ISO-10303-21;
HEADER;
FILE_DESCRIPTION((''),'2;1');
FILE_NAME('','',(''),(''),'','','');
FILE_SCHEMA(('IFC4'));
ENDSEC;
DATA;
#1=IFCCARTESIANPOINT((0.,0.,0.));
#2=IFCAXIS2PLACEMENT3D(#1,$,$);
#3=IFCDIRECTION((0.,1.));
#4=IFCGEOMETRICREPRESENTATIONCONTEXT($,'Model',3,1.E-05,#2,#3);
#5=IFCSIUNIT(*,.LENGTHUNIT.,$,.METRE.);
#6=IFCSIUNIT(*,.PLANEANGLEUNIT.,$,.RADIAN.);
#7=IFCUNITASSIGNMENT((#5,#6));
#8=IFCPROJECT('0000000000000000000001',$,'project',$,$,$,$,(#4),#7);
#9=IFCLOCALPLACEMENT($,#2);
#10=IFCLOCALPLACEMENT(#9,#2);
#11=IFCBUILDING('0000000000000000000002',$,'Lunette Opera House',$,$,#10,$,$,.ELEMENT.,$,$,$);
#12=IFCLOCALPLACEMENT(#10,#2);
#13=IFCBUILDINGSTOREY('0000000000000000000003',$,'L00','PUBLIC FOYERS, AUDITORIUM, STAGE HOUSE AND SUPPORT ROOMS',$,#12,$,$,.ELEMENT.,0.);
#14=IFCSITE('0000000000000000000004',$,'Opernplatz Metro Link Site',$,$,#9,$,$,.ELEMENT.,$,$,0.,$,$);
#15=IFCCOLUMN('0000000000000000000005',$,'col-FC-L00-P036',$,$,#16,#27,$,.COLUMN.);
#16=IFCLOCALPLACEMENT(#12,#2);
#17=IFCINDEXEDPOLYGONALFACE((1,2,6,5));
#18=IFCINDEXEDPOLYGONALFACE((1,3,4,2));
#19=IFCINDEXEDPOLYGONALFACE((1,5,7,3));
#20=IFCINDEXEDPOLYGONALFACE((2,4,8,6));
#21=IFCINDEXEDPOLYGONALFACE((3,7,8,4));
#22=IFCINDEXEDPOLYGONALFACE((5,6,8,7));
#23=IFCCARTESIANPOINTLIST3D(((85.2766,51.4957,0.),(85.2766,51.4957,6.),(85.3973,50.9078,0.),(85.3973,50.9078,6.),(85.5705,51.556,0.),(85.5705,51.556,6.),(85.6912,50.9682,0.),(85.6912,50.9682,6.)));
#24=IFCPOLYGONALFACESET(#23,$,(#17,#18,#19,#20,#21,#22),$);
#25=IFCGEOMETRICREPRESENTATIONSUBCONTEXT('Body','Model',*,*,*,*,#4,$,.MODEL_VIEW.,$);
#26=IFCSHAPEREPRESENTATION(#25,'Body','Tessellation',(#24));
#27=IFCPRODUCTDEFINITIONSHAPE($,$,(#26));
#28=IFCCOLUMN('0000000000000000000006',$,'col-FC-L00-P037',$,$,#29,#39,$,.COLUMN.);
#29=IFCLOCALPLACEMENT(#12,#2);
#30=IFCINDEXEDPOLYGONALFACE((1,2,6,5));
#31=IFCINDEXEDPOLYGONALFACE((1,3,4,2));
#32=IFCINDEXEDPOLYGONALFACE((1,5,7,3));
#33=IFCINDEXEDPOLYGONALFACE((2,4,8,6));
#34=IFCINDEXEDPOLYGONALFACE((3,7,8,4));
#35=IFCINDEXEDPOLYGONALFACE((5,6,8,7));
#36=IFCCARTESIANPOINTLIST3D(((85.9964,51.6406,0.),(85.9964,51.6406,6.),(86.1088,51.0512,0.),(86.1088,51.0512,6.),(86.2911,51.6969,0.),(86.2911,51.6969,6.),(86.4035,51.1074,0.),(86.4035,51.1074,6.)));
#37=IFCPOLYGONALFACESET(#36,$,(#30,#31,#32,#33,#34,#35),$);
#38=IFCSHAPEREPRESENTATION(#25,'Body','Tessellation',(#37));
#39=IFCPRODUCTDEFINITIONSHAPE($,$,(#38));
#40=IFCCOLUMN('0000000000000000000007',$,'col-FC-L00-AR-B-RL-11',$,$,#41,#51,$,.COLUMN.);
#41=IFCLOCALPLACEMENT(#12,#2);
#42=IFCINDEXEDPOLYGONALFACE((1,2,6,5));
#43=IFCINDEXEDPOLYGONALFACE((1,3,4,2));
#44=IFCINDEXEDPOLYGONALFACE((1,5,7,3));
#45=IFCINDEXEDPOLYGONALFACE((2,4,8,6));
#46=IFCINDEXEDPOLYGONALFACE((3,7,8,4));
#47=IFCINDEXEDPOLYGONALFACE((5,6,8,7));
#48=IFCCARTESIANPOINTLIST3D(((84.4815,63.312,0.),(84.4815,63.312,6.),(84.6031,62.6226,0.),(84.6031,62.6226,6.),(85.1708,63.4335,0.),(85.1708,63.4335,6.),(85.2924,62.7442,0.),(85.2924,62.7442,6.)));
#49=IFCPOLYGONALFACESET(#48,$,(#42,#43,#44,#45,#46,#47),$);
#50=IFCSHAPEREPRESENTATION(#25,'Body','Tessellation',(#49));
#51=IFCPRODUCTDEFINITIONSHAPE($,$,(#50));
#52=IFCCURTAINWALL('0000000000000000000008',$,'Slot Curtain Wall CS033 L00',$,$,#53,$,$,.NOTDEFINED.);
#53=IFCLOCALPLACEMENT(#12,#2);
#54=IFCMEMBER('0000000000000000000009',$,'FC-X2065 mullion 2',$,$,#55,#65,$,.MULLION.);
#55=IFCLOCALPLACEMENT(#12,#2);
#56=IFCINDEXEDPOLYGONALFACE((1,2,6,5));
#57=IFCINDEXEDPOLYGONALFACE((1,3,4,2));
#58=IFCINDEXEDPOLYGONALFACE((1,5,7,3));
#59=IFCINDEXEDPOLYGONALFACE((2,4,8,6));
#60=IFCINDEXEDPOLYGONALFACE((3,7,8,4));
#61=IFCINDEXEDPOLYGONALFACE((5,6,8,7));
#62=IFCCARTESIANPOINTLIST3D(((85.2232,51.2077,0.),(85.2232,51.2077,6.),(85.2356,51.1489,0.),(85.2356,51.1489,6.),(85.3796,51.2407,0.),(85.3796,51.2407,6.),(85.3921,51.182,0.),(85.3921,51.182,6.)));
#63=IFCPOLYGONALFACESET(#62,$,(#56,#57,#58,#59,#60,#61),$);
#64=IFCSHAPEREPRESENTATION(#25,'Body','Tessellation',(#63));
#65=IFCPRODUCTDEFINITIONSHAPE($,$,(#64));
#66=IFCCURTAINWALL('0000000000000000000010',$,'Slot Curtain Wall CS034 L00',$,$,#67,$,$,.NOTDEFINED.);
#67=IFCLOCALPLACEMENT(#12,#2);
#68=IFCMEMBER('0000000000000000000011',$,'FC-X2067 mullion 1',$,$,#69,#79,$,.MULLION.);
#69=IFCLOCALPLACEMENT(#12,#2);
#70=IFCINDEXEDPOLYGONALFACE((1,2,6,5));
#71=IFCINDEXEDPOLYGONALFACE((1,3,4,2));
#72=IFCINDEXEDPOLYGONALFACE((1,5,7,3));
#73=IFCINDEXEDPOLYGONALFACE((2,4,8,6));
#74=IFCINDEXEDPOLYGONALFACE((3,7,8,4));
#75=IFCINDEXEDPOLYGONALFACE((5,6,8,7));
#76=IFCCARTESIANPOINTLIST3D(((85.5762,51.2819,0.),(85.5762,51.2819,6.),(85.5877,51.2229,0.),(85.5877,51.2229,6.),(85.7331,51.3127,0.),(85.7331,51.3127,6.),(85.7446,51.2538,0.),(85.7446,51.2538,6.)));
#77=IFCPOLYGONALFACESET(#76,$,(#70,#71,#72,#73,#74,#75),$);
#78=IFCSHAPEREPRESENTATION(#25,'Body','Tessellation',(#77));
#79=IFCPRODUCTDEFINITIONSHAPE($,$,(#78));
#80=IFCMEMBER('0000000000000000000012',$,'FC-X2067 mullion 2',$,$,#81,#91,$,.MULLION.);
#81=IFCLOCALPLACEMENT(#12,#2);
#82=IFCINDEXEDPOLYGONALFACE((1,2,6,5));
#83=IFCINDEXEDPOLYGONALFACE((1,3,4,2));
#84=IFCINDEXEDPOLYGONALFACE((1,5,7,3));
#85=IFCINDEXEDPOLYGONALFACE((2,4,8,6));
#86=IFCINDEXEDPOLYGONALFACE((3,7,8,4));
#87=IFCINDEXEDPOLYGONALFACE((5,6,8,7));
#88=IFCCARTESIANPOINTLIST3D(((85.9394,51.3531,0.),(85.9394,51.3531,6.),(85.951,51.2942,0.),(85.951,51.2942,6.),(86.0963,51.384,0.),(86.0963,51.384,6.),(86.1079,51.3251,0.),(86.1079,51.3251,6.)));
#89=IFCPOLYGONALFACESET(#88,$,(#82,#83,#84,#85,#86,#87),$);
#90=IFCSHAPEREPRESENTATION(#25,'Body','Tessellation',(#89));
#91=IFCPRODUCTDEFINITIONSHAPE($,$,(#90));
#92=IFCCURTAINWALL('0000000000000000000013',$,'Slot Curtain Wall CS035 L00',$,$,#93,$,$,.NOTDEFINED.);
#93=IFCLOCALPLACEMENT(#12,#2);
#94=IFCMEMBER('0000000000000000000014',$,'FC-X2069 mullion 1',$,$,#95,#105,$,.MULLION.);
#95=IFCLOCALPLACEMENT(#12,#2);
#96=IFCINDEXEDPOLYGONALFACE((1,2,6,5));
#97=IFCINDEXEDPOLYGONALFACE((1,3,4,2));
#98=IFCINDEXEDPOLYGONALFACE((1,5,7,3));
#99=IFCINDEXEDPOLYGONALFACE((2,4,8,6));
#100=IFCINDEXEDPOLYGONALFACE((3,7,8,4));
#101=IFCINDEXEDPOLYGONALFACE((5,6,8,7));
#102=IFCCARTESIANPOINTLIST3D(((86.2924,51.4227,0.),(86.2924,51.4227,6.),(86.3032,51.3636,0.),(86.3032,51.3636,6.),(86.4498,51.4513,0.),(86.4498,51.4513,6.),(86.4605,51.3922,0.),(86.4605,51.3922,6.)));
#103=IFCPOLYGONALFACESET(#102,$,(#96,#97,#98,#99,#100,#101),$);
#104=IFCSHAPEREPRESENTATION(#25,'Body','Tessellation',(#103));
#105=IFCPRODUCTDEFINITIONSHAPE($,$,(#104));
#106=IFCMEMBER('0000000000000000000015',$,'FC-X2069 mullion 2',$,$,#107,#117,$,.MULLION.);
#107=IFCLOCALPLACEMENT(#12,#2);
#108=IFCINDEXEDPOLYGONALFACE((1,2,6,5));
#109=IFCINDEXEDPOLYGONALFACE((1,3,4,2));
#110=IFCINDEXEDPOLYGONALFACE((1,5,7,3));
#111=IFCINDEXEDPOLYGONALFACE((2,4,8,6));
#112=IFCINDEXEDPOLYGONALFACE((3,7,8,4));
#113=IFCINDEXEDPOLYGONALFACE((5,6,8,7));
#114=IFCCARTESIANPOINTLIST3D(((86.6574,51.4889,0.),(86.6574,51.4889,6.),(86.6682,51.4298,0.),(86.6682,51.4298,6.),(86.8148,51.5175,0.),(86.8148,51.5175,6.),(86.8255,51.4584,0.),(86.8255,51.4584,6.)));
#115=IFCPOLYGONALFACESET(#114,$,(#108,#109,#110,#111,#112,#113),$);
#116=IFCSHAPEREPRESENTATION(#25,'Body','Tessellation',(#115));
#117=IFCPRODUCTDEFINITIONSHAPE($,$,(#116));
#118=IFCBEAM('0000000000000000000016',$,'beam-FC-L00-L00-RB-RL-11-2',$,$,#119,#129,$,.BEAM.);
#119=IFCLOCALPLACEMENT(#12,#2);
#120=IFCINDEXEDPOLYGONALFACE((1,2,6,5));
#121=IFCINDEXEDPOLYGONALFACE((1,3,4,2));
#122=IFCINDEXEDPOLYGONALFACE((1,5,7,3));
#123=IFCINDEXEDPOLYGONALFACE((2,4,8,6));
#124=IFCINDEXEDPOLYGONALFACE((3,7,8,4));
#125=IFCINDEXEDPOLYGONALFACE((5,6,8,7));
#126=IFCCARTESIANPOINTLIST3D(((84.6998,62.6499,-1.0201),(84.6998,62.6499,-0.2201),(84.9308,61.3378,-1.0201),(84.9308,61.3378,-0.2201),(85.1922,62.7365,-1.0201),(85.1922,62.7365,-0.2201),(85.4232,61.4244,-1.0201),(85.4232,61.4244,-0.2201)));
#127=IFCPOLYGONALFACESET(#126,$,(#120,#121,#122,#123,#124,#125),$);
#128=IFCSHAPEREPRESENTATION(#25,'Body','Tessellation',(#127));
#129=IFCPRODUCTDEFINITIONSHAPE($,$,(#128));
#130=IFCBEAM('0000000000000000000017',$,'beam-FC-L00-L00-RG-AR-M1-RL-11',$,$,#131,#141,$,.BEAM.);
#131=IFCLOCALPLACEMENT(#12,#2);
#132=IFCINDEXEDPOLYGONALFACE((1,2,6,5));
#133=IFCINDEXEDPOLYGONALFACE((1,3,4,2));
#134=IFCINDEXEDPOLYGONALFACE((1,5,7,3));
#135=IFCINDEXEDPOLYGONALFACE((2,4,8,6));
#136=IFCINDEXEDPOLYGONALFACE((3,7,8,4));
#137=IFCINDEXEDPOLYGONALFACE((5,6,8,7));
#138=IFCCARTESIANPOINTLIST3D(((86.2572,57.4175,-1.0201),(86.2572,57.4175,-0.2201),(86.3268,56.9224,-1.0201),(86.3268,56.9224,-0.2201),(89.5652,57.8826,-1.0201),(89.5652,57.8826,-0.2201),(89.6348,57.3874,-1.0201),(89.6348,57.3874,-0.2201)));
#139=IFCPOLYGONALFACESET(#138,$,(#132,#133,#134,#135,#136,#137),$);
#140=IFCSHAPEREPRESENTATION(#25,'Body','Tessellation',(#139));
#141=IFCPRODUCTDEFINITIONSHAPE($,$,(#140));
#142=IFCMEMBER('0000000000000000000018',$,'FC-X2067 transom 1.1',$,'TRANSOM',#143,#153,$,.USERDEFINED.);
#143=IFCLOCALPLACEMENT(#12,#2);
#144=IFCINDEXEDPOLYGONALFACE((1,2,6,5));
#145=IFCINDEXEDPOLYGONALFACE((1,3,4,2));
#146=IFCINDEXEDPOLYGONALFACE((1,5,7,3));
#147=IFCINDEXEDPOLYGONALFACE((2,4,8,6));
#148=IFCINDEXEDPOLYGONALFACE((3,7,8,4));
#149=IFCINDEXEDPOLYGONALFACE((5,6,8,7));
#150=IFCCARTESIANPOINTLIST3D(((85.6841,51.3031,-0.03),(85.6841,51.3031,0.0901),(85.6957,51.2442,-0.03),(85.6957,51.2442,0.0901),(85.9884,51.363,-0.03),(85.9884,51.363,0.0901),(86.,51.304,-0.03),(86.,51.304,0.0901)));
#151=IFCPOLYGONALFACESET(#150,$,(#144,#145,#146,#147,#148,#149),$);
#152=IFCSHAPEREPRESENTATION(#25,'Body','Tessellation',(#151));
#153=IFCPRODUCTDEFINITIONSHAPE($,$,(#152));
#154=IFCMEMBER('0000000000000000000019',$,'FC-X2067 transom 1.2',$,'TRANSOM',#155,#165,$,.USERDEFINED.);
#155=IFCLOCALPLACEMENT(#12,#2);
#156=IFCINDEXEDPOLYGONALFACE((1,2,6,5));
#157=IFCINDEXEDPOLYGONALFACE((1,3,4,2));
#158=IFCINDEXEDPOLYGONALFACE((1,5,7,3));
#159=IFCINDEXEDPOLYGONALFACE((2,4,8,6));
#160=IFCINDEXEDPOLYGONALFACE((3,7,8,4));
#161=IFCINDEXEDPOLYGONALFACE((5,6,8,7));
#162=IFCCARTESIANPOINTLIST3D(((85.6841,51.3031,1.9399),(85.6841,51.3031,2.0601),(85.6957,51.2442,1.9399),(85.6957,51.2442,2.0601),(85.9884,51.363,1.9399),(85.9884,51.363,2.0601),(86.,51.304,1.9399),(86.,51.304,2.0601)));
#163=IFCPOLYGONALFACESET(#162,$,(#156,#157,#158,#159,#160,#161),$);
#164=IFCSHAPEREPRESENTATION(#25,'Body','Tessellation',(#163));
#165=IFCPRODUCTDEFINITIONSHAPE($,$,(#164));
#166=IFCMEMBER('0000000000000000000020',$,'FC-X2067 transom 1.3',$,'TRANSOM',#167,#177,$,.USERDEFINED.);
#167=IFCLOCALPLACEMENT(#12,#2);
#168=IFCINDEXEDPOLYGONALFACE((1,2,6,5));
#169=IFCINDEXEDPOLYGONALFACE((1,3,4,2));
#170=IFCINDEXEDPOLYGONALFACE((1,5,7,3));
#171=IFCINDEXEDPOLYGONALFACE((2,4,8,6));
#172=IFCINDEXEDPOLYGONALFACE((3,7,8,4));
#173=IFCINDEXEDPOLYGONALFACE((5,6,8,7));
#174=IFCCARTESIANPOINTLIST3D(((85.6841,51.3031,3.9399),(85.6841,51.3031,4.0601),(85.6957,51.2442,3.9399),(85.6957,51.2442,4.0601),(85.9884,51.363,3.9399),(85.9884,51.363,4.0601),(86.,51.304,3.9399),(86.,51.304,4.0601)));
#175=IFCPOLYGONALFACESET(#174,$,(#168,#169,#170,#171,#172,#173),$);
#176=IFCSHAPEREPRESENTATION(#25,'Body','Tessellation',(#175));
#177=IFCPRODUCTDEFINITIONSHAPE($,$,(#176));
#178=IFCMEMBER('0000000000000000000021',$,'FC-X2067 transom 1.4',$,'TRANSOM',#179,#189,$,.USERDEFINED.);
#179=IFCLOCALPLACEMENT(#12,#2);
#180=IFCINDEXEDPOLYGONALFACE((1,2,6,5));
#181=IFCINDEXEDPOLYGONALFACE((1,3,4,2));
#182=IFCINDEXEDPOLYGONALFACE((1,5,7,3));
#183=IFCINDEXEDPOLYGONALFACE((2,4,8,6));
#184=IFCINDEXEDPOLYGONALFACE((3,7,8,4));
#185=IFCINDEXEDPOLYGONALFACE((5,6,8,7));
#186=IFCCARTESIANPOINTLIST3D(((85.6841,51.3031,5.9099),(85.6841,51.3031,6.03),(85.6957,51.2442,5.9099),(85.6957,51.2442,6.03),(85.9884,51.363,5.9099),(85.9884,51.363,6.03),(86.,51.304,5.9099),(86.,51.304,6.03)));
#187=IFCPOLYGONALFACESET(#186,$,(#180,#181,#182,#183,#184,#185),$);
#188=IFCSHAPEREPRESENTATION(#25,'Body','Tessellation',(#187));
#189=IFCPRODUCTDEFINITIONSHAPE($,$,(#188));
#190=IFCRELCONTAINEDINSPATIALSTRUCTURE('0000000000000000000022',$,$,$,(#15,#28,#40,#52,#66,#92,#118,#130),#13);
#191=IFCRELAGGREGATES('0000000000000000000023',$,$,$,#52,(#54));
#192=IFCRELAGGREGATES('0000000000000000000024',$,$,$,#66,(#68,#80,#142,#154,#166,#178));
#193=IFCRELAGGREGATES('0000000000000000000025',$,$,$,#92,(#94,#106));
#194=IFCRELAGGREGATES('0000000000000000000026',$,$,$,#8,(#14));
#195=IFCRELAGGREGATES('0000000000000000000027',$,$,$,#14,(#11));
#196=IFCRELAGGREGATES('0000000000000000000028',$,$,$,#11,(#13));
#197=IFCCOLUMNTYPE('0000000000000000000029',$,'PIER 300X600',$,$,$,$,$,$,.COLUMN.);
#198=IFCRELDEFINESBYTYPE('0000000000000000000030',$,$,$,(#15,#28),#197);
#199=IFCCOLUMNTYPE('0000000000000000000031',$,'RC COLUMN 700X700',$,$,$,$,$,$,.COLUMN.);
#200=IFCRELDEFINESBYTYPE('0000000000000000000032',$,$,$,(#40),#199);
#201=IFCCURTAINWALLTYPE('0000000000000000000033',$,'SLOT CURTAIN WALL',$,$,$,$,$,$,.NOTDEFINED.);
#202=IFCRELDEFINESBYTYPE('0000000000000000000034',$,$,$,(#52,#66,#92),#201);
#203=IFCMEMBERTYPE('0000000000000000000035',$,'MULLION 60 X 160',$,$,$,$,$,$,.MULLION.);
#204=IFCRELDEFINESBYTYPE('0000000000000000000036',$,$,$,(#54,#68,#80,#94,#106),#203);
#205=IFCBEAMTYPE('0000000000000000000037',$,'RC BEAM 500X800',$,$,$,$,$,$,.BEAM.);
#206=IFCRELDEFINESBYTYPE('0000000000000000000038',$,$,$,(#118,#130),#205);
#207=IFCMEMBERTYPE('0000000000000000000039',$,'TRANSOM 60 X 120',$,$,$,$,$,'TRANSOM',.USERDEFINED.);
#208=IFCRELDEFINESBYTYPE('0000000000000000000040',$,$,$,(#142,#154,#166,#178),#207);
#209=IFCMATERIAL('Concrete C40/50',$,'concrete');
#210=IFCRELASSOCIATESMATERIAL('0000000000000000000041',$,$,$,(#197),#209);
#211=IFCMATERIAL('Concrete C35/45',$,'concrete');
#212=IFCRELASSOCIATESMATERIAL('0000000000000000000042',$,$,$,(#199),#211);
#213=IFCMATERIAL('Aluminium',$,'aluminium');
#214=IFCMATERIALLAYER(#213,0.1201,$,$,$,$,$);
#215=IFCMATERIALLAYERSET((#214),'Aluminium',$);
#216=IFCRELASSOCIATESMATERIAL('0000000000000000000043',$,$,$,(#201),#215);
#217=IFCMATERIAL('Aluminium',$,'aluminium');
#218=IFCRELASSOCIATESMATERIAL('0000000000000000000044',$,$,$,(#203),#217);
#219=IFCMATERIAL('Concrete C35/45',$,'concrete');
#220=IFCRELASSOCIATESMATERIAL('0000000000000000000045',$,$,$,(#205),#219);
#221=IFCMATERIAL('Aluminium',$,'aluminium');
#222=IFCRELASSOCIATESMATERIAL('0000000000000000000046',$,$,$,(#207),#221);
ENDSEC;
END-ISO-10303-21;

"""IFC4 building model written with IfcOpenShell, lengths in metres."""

from ifc_helpers import new_model, si_unit, direction, frame, origin, origin_2d, place, context, subcontext, project, spatial, rectangle, extrude, material, layer, layer_set, material_profile, profile_set, type_object, element, aggregate, save


model = new_model("IFC4")

# Units and contexts
model_context = context("Model", 3, precision=1e-05, world=origin(), true_north=direction((0.0, 1.0)))
body_context = subcontext(model_context, "Body", "Model", "MODEL_VIEW")
ifc_project = project(units=[si_unit("LENGTHUNIT", "METRE"), si_unit("PLANEANGLEUNIT", "RADIAN")], contexts=[model_context])

# Site, building, storey
site_placement = place(None, origin())
site = spatial("IfcSite", under=ifc_project, at=site_placement, Name="Opernplatz Metro Link Site", CompositionType="ELEMENT", RefElevation=0.0)
building_placement = place(site_placement, origin())
building = spatial("IfcBuilding", under=site, at=building_placement, Name="Lunette Opera House", CompositionType="ELEMENT")
storey_placement = place(building_placement, origin())
storey = spatial("IfcBuildingStorey", under=building, at=storey_placement, Name="L00", Description="PUBLIC FOYERS, AUDITORIUM, STAGE HOUSE AND SUPPORT ROOMS", CompositionType="ELEMENT", Elevation=0.0)

# Columns
ifc_material_1 = material(Name="Concrete C40/50", Category="concrete")
ifc_material_profile_1 = material_profile(ifc_material_1, rectangle(XDim=0.3, YDim=0.6001, at=origin_2d()), Name="PIER 300X600")
ifc_profile_set_1 = profile_set([ifc_material_profile_1], Name="Concrete C40/50")
column_type_1 = type_object("IfcColumnType", Name="PIER 300X600", PredefinedType="COLUMN", material=ifc_profile_set_1)
for number, where, z_axis, x_axis, name in (
    (1, (85.4839, 51.2319, 0.0), (0.0, 0.0, 1.0), (0.979575, 0.201078, 0.0), "col-FC-L00-P036"),
    (2, (86.2, 51.374, 0.0), (0.0, 0.0, 1.0), (0.982287, 0.187381, 0.0), "col-FC-L00-P037"),
):
    element("IfcColumn", number, at=place(storey_placement, frame(where, z_axis=z_axis, x_axis=x_axis)), inside=storey, type_object=column_type_1, Name=name, PredefinedType="COLUMN", context=body_context, shape_type="SweptSolid", body=[
        extrude(rectangle(XDim=0.3, YDim=0.6001, at=origin_2d()), origin(), (0.0, 0.0, 1.0), 6.0),
    ])
ifc_material_2 = material(Name="Concrete C35/45", Category="concrete")
ifc_material_profile_2 = material_profile(ifc_material_2, rectangle(XDim=0.7, YDim=0.7, at=origin_2d()), Name="RC COLUMN 700X700")
ifc_profile_set_2 = profile_set([ifc_material_profile_2], Name="Concrete C35/45")
column_type_2 = type_object("IfcColumnType", Name="RC COLUMN 700X700", PredefinedType="COLUMN", material=ifc_profile_set_2)
column_placement = place(storey_placement, frame((84.887, 63.0281, 0.0), z_axis=(0.0, 0.0, 1.0), x_axis=(0.984808, 0.173648, 0.0)))
element("IfcColumn", 3, at=column_placement, inside=storey, type_object=column_type_2, Name="col-FC-L00-AR-B-RL-11", PredefinedType="COLUMN", context=body_context, shape_type="SweptSolid", body=[
    extrude(rectangle(XDim=0.7, YDim=0.7, at=origin_2d()), origin(), (0.0, 0.0, 1.0), 6.0),
])

# Curtain wall, member
ifc_material_3 = material(Name="Aluminium", Category="aluminium")
ifc_layer_1 = layer(ifc_material_3, 0.1201)
ifc_layer_set_1 = layer_set([ifc_layer_1], Name="Aluminium")
curtain_wall_type = type_object("IfcCurtainWallType", Name="SLOT CURTAIN WALL", PredefinedType="NOTDEFINED", material=ifc_layer_set_1)
curtain_wall_1_placement = place(storey_placement, origin())
curtain_wall_1 = element("IfcCurtainWall", 4, at=curtain_wall_1_placement, inside=storey, type_object=curtain_wall_type, Name="Slot Curtain Wall CS033 L00", PredefinedType="NOTDEFINED")
ifc_material_4 = material(Name="Aluminium", Category="aluminium")
ifc_material_profile_3 = material_profile(ifc_material_4, rectangle(XDim=0.0601, YDim=0.1599, at=origin_2d()), Name="MULLION 60 X 160")
ifc_profile_set_3 = profile_set([ifc_material_profile_3], Name="Aluminium")
member_type_1 = type_object("IfcMemberType", Name="MULLION 60 X 160", PredefinedType="MULLION", material=ifc_profile_set_3)
member_1_placement = place(storey_placement, frame((85.3076, 51.1948, 0.0), z_axis=(0.0, 0.0, 1.0), x_axis=(-0.20683, 0.978377, 0.0)))
member_1 = element("IfcMember", 5, at=member_1_placement, type_object=member_type_1, Name="FC-X2065 mullion 2", PredefinedType="MULLION", context=body_context, shape_type="SweptSolid", body=[
    extrude(rectangle(XDim=0.0601, YDim=0.1599, at=origin_2d()), origin(), (0.0, 0.0, 1.0), 6.0),
])

# Curtain walls, members
curtain_wall_2_placement = place(storey_placement, origin())
curtain_wall_2 = element("IfcCurtainWall", 6, at=curtain_wall_2_placement, inside=storey, type_object=curtain_wall_type, Name="Slot Curtain Wall CS034 L00", PredefinedType="NOTDEFINED")
member_2_placement = place(storey_placement, frame((85.6604, 51.2678, 0.0), z_axis=(0.0, 0.0, 1.0), x_axis=(-0.192985, 0.981202, 0.0)))
member_2 = element("IfcMember", 7, at=member_2_placement, type_object=member_type_1, Name="FC-X2067 mullion 1", PredefinedType="MULLION", context=body_context, shape_type="SweptSolid", body=[
    extrude(rectangle(XDim=0.0601, YDim=0.1599, at=origin_2d()), origin(), (0.0, 0.0, 1.0), 6.0),
])
member_3_placement = place(storey_placement, frame((86.0237, 51.3391, 0.0), z_axis=(0.0, 0.0, 1.0), x_axis=(-0.192985, 0.981202, 0.0)))
member_3 = element("IfcMember", 8, at=member_3_placement, type_object=member_type_1, Name="FC-X2067 mullion 2", PredefinedType="MULLION", context=body_context, shape_type="SweptSolid", body=[
    extrude(rectangle(XDim=0.0601, YDim=0.1599, at=origin_2d()), origin(), (0.0, 0.0, 1.0), 6.0),
])
curtain_wall_3_placement = place(storey_placement, origin())
curtain_wall_3 = element("IfcCurtainWall", 9, at=curtain_wall_3_placement, inside=storey, type_object=curtain_wall_type, Name="Slot Curtain Wall CS035 L00", PredefinedType="NOTDEFINED")
member_4_placement = place(storey_placement, frame((86.3765, 51.4075, 0.0), z_axis=(0.0, 0.0, 1.0), x_axis=(-0.178681, 0.983907, 0.0)))
member_4 = element("IfcMember", 10, at=member_4_placement, type_object=member_type_1, Name="FC-X2069 mullion 1", PredefinedType="MULLION", context=body_context, shape_type="SweptSolid", body=[
    extrude(rectangle(XDim=0.0601, YDim=0.1599, at=origin_2d()), origin(), (0.0, 0.0, 1.0), 6.0),
])
member_5_placement = place(storey_placement, frame((86.7415, 51.4736, 0.0), z_axis=(0.0, 0.0, 1.0), x_axis=(-0.178681, 0.983907, 0.0)))
member_5 = element("IfcMember", 11, at=member_5_placement, type_object=member_type_1, Name="FC-X2069 mullion 2", PredefinedType="MULLION", context=body_context, shape_type="SweptSolid", body=[
    extrude(rectangle(XDim=0.0601, YDim=0.1599, at=origin_2d()), origin(), (0.0, 0.0, 1.0), 6.0),
])

# Beams
ifc_material_5 = material(Name="Concrete C35/45", Category="concrete")
ifc_material_profile_4 = material_profile(ifc_material_5, rectangle(XDim=0.5, YDim=0.8, at=origin_2d()), Name="RC BEAM 500X800")
ifc_profile_set_4 = profile_set([ifc_material_profile_4], Name="Concrete C35/45")
beam_type = type_object("IfcBeamType", Name="RC BEAM 500X800", PredefinedType="BEAM", material=ifc_profile_set_4)
beam_1_placement = place(storey_placement, frame((85.177, 61.3811, -0.6201), z_axis=(-0.173367, 0.984857, 0.0), x_axis=(-0.984857, -0.173367, 0.0)))
element("IfcBeam", 12, at=beam_1_placement, inside=storey, type_object=beam_type, Name="beam-FC-L00-L00-RB-RL-11-2", PredefinedType="BEAM", context=body_context, shape_type="SweptSolid", body=[
    extrude(rectangle(XDim=0.5, YDim=0.8, at=origin_2d()), origin(), (0.0, 0.0, 1.0), 1.3323),
])
beam_2_placement = place(storey_placement, frame((86.292, 57.1699, -0.6201), z_axis=(0.990261, 0.139221, 0.0), x_axis=(-0.139221, 0.990261, 0.0)))
element("IfcBeam", 13, at=beam_2_placement, inside=storey, type_object=beam_type, Name="beam-FC-L00-L00-RG-AR-M1-RL-11", PredefinedType="BEAM", context=body_context, shape_type="SweptSolid", body=[
    extrude(rectangle(XDim=0.5, YDim=0.8, at=origin_2d()), origin(), (0.0, 0.0, 1.0), 3.3406),
])

# Members
ifc_material_6 = material(Name="Aluminium", Category="aluminium")
ifc_material_profile_5 = material_profile(ifc_material_6, rectangle(XDim=0.0601, YDim=0.1201, at=origin_2d()), Name="TRANSOM 60 X 120")
ifc_profile_set_5 = profile_set([ifc_material_profile_5], Name="Aluminium")
member_type_2 = type_object("IfcMemberType", Name="TRANSOM 60 X 120", ElementType="TRANSOM", PredefinedType="USERDEFINED", material=ifc_profile_set_5)
member_6_placement = place(storey_placement, frame((85.6899, 51.2737, 0.03), z_axis=(0.981212, 0.192935, 0.0), x_axis=(-0.192935, 0.981212, 0.0)))
member_6 = element("IfcMember", 14, at=member_6_placement, type_object=member_type_2, Name="FC-X2067 transom 1.1", ObjectType="TRANSOM", PredefinedType="USERDEFINED", context=body_context, shape_type="SweptSolid", body=[
    extrude(rectangle(XDim=0.0601, YDim=0.1201, at=origin_2d()), origin(), (0.0, 0.0, 1.0), 0.3101),
])
member_7_placement = place(storey_placement, frame((85.6899, 51.2737, 2.0), z_axis=(0.981212, 0.192935, 0.0), x_axis=(-0.192935, 0.981212, 0.0)))
member_7 = element("IfcMember", 15, at=member_7_placement, type_object=member_type_2, Name="FC-X2067 transom 1.2", ObjectType="TRANSOM", PredefinedType="USERDEFINED", context=body_context, shape_type="SweptSolid", body=[
    extrude(rectangle(XDim=0.0601, YDim=0.1201, at=origin_2d()), origin(), (0.0, 0.0, 1.0), 0.3101),
])
member_8_placement = place(storey_placement, frame((85.6899, 51.2737, 4.0), z_axis=(0.981212, 0.192935, 0.0), x_axis=(-0.192935, 0.981212, 0.0)))
member_8 = element("IfcMember", 16, at=member_8_placement, type_object=member_type_2, Name="FC-X2067 transom 1.3", ObjectType="TRANSOM", PredefinedType="USERDEFINED", context=body_context, shape_type="SweptSolid", body=[
    extrude(rectangle(XDim=0.0601, YDim=0.1201, at=origin_2d()), origin(), (0.0, 0.0, 1.0), 0.3101),
])
member_9_placement = place(storey_placement, frame((85.6899, 51.2737, 5.97), z_axis=(0.981212, 0.192935, 0.0), x_axis=(-0.192935, 0.981212, 0.0)))
member_9 = element("IfcMember", 17, at=member_9_placement, type_object=member_type_2, Name="FC-X2067 transom 1.4", ObjectType="TRANSOM", PredefinedType="USERDEFINED", context=body_context, shape_type="SweptSolid", body=[
    extrude(rectangle(XDim=0.0601, YDim=0.1201, at=origin_2d()), origin(), (0.0, 0.0, 1.0), 0.3101),
])

aggregate(curtain_wall_1, [member_1])
aggregate(curtain_wall_2, [member_2, member_3, member_6, member_7, member_8, member_9])
aggregate(curtain_wall_3, [member_4, member_5])

save(model, "model.ifc")
